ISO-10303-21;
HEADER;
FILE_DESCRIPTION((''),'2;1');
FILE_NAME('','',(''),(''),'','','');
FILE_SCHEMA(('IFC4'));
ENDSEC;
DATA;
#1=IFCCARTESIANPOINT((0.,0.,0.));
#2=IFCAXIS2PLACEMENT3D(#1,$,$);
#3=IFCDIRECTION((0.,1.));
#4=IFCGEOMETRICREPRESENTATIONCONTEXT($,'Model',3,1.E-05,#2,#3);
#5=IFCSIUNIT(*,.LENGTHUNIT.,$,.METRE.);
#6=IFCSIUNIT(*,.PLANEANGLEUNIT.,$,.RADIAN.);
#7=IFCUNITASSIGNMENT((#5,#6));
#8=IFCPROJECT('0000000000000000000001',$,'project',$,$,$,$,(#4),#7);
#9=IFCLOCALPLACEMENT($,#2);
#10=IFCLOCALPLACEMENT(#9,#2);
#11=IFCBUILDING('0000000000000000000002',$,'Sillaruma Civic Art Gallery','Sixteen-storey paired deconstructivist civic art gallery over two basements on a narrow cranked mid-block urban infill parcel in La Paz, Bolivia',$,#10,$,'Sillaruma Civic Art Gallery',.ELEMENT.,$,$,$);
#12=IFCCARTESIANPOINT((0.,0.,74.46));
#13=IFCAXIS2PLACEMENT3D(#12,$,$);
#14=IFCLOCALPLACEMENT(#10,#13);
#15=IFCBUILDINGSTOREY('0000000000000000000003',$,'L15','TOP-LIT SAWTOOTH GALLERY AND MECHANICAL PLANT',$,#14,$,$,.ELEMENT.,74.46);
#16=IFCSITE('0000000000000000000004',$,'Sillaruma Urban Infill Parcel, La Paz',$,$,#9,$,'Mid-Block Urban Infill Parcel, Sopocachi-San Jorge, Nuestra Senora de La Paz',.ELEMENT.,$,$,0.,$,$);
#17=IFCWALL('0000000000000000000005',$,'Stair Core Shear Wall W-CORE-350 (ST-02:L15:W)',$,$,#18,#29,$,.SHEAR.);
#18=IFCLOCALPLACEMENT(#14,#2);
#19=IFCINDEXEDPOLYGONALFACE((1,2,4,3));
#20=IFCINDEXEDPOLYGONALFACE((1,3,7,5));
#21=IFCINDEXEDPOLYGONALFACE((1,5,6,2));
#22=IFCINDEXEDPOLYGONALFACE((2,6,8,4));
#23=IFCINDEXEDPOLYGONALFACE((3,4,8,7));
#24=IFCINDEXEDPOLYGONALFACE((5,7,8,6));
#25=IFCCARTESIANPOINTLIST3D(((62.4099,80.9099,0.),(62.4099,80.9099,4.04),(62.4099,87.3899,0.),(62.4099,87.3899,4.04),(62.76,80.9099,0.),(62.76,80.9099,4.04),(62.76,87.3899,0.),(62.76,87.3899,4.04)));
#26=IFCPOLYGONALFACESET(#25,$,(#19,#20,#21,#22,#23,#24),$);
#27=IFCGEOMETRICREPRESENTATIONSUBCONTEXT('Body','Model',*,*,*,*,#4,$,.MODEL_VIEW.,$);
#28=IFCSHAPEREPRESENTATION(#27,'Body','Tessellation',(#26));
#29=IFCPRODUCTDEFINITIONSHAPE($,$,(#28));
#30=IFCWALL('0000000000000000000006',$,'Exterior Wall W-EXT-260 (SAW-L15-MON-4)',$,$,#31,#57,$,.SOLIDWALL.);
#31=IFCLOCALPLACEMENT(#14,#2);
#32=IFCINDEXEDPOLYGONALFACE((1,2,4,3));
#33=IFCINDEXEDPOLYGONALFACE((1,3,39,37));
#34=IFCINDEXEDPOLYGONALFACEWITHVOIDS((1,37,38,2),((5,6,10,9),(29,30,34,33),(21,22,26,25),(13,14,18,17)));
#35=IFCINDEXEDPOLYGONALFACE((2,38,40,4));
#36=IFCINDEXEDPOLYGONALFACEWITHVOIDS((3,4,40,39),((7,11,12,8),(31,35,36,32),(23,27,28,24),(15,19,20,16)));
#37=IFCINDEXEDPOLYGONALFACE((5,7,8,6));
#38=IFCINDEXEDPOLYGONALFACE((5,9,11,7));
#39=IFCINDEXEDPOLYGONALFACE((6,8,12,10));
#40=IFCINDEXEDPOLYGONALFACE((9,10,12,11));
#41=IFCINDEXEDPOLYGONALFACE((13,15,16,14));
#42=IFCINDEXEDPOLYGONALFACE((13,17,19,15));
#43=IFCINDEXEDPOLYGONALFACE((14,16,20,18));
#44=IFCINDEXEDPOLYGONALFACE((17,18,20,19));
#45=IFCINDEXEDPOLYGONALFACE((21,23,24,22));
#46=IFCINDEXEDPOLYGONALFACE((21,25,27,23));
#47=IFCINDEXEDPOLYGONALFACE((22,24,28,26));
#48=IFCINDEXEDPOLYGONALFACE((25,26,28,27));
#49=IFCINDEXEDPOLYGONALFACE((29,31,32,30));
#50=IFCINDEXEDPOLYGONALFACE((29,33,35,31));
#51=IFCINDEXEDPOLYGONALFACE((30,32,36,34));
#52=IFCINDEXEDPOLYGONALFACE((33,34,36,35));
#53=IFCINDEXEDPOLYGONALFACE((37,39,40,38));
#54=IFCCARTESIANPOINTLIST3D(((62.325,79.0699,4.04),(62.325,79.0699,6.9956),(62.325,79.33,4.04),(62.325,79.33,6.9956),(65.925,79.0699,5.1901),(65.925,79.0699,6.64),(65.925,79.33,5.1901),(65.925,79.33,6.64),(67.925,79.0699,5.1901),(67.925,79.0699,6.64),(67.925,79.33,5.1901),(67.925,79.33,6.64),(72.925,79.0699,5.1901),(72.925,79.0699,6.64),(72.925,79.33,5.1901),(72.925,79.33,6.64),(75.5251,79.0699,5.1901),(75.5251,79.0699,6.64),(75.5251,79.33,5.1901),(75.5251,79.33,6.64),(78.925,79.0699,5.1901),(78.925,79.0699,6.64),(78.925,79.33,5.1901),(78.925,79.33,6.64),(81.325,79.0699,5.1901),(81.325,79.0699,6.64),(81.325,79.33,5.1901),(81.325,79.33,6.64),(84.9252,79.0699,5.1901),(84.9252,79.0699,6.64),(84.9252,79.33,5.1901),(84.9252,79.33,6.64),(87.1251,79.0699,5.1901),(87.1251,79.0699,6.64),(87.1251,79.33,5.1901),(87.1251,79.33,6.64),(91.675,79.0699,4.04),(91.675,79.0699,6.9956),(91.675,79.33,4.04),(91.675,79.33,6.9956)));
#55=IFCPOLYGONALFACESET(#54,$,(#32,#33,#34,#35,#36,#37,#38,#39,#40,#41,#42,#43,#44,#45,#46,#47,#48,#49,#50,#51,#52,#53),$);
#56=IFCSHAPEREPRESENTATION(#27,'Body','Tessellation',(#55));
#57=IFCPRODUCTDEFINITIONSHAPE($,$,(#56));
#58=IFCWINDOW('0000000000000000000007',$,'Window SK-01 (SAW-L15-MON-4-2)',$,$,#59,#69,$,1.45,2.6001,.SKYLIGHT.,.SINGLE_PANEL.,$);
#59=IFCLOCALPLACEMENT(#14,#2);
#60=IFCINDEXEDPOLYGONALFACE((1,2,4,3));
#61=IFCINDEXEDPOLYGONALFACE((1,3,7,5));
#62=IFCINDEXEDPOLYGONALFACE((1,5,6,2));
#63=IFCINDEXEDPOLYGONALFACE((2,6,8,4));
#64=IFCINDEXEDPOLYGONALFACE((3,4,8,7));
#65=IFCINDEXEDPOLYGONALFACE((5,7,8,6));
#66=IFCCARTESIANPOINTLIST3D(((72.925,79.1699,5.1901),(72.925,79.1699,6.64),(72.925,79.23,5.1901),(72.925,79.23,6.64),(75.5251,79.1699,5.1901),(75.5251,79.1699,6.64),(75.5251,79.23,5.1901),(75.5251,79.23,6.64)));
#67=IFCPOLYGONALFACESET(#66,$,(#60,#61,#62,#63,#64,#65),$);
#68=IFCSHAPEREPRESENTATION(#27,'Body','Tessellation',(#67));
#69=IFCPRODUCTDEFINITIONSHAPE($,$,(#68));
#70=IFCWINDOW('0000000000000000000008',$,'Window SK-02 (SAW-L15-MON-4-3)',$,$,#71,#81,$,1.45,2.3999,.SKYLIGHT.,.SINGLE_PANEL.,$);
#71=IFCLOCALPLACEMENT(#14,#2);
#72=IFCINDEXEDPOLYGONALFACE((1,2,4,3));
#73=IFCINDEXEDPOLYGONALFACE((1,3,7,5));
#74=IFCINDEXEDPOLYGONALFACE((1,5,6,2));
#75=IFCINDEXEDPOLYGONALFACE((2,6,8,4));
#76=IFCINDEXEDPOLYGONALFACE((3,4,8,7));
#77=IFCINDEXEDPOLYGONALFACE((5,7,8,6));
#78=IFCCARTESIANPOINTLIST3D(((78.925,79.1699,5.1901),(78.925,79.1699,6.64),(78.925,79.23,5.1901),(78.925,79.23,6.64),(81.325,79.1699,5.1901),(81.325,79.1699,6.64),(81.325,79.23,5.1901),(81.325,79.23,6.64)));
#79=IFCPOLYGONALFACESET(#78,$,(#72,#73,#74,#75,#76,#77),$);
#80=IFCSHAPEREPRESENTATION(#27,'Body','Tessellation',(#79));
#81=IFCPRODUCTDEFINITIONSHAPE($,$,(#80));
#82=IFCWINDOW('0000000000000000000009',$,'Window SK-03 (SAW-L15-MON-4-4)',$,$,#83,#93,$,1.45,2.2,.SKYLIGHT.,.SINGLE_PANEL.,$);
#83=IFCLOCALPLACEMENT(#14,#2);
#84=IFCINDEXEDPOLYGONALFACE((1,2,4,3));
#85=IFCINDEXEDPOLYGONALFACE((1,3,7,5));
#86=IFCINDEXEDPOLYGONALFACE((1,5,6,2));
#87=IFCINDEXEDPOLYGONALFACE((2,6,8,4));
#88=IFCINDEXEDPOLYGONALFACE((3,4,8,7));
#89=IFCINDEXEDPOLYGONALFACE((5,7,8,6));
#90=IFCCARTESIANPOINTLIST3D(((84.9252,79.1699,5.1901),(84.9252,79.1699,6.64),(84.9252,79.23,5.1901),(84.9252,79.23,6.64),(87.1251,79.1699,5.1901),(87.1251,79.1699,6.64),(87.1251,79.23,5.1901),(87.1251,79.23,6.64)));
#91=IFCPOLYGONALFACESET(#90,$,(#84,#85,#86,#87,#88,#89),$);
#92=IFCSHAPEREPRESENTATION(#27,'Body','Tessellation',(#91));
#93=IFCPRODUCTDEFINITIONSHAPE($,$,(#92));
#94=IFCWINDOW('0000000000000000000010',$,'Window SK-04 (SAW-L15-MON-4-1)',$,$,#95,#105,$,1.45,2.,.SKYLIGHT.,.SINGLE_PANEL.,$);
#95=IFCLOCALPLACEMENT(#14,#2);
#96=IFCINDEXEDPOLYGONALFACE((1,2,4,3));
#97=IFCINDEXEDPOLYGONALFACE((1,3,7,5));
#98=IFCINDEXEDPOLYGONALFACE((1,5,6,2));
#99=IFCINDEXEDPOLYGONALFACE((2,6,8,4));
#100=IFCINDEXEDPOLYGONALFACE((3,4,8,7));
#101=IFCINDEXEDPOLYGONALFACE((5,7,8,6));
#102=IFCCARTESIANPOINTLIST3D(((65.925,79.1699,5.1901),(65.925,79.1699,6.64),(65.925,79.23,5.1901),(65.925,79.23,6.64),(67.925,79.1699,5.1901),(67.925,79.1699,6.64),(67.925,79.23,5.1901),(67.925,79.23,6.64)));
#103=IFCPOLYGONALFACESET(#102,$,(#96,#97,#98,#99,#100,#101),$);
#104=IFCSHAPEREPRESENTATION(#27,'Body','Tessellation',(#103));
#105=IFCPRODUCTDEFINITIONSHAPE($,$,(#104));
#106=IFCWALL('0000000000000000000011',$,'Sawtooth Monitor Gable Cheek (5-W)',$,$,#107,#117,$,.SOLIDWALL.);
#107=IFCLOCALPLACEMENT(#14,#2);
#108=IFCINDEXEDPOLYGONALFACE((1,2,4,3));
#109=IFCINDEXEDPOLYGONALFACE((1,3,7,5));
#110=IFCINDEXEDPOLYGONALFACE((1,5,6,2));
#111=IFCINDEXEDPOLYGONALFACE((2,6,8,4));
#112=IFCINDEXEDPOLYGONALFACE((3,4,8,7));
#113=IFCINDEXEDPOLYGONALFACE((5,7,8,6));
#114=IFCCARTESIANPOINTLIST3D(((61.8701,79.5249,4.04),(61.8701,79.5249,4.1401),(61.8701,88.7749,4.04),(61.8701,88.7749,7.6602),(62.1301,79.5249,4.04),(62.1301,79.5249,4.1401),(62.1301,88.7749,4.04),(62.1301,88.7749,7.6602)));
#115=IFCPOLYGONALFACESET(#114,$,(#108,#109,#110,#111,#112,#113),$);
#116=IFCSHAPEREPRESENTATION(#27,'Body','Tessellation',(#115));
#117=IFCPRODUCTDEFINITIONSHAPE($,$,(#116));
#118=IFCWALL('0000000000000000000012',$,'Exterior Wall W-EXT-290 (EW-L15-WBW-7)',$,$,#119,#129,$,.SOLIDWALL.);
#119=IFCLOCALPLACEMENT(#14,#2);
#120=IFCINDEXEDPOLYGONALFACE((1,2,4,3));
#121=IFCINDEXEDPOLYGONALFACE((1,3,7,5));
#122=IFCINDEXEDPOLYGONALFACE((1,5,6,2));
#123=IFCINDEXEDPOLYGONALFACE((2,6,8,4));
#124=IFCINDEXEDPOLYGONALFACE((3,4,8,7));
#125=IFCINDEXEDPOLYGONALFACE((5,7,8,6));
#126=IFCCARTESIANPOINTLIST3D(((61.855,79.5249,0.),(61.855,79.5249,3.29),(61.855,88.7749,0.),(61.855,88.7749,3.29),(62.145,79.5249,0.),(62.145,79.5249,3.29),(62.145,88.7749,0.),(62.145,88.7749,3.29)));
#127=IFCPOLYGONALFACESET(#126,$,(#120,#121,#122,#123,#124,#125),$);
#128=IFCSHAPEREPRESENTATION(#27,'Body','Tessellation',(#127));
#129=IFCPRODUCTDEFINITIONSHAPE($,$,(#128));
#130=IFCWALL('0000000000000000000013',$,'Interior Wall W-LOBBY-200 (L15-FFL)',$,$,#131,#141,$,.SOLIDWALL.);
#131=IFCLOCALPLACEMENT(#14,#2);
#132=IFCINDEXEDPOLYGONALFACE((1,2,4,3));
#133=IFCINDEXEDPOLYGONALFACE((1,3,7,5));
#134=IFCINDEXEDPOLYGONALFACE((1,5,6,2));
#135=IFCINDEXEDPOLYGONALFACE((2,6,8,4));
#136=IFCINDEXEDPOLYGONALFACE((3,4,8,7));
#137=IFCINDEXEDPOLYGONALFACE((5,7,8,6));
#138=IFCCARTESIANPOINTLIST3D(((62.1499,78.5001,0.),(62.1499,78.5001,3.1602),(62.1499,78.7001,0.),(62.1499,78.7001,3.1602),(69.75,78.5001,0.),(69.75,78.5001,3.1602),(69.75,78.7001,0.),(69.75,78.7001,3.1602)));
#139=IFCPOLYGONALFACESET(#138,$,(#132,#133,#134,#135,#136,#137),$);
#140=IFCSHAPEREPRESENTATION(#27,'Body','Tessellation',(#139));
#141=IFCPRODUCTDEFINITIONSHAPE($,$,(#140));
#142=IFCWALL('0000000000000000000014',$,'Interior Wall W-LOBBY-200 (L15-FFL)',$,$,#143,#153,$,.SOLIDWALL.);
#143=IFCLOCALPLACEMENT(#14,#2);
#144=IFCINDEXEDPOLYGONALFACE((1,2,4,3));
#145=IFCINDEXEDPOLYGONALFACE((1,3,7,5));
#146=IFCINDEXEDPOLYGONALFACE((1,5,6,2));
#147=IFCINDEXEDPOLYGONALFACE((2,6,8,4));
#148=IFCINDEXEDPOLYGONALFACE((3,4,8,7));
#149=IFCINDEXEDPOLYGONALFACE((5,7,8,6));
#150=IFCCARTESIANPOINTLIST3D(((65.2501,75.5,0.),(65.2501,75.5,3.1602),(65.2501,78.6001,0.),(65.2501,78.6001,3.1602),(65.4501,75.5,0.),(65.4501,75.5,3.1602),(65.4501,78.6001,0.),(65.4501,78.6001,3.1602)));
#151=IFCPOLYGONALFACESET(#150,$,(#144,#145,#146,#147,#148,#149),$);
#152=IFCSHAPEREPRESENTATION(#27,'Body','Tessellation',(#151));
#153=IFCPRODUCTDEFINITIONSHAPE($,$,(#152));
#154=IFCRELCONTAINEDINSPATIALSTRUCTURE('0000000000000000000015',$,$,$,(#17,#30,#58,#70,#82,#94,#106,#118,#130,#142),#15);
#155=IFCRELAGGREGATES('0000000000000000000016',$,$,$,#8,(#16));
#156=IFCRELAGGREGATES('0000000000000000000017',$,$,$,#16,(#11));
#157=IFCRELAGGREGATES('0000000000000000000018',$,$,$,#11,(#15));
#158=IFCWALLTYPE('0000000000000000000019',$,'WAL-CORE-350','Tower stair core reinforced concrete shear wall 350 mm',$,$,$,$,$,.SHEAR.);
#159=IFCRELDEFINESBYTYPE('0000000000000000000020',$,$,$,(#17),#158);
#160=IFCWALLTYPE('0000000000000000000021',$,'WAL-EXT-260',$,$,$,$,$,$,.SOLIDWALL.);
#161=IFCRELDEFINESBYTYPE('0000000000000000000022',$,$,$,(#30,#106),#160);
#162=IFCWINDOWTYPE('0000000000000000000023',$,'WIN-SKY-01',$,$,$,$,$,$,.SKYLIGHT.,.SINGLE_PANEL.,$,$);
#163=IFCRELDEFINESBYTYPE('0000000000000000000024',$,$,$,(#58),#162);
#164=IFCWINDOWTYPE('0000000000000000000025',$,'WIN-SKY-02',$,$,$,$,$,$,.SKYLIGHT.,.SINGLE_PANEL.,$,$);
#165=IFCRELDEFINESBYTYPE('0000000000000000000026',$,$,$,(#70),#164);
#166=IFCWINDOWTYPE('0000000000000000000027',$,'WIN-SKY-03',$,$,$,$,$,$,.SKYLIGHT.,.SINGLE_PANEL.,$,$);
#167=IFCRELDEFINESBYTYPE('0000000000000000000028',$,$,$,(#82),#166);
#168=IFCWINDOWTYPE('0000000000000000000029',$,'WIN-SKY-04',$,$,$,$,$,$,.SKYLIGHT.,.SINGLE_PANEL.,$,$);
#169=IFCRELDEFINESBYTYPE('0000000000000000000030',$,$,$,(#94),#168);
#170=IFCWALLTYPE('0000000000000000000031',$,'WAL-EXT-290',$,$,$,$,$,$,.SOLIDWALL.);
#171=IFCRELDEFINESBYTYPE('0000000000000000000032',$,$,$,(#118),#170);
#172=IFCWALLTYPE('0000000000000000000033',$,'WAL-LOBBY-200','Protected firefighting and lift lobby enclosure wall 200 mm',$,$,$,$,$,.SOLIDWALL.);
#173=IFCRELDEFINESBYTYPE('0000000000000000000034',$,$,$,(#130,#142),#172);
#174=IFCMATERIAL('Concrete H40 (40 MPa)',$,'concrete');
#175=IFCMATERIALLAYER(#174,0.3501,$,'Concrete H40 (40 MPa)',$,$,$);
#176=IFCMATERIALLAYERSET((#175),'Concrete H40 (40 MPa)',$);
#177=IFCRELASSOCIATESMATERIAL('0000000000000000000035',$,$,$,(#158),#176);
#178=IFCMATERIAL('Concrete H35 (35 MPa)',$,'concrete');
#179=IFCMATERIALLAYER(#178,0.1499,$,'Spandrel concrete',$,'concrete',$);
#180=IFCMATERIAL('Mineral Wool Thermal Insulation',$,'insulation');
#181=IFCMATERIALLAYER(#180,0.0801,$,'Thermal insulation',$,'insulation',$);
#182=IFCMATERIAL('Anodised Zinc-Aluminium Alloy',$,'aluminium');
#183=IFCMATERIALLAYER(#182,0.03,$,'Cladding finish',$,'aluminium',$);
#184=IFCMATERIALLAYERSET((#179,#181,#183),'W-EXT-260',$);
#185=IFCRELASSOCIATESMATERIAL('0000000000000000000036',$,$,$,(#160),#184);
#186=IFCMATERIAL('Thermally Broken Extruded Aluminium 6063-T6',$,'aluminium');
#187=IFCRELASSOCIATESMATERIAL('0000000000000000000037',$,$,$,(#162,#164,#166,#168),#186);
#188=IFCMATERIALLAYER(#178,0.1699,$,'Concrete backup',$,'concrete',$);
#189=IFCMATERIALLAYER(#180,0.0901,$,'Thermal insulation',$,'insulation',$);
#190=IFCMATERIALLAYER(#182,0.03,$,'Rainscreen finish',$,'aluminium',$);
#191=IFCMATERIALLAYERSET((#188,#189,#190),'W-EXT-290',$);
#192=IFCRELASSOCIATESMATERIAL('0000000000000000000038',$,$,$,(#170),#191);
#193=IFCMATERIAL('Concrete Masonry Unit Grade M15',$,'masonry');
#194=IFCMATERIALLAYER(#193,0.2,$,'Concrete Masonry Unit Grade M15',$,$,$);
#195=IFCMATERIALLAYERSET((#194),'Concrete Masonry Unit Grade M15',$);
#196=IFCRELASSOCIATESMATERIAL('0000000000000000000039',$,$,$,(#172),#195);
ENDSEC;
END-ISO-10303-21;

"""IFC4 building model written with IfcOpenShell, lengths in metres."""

from ifc_helpers import new_model, si_unit, direction, frame, frame_2d, origin, place, context, subcontext, project, spatial, polyline, rectangle, outline, extrude, material, layer, layer_set, type_object, element, fill, save


model = new_model("IFC4")

# Units and contexts
model_context = context("Model", 3, precision=1e-05, world=origin(), true_north=direction((0.0, 1.0)))
body_context = subcontext(model_context, "Body", "Model", "MODEL_VIEW")
ifc_project = project(units=[si_unit("LENGTHUNIT", "METRE"), si_unit("PLANEANGLEUNIT", "RADIAN")], contexts=[model_context])

# Site, building, storey
site_placement = place(None, origin())
site = spatial("IfcSite", under=ifc_project, at=site_placement, Name="Sillaruma Urban Infill Parcel, La Paz", LongName="Mid-Block Urban Infill Parcel, Sopocachi-San Jorge, Nuestra Senora de La Paz", CompositionType="ELEMENT", RefElevation=0.0)
building_placement = place(site_placement, origin())
building = spatial("IfcBuilding", under=site, at=building_placement, Name="Sillaruma Civic Art Gallery", Description="Sixteen-storey paired deconstructivist civic art gallery over two basements on a narrow cranked mid-block urban infill parcel in La Paz, Bolivia", LongName="Sillaruma Civic Art Gallery", CompositionType="ELEMENT")
storey_placement = place(building_placement, frame((0.0, 0.0, 74.46)))
storey = spatial("IfcBuildingStorey", under=building, at=storey_placement, Name="L15", Description="TOP-LIT SAWTOOTH GALLERY AND MECHANICAL PLANT", CompositionType="ELEMENT", Elevation=74.46)

# Shared definitions
ifc_material_1 = material(Name="Concrete H40 (40 MPa)", Category="concrete")

# Shared definitions
ifc_material_2 = material(Name="Concrete H35 (35 MPa)", Category="concrete")

# Shared definitions
ifc_layer_1 = layer(ifc_material_1, 0.3501, Name="Concrete H40 (40 MPa)")
ifc_layer_set_1 = layer_set([ifc_layer_1], Name="Concrete H40 (40 MPa)")
wall_type_1 = type_object("IfcWallType", Name="WAL-CORE-350", Description="Tower stair core reinforced concrete shear wall 350 mm", PredefinedType="SHEAR", material=ifc_layer_set_1)

# Wall
wall_1_placement = place(storey_placement, frame((62.585, 80.9099, 0.0), z_axis=(0.0, 0.0, 1.0), x_axis=(0.0, 1.0, 0.0)))
element("IfcWall", 1, at=wall_1_placement, inside=storey, type_object=wall_type_1, Name="Stair Core Shear Wall W-CORE-350 (ST-02:L15:W)", PredefinedType="SHEAR", context=body_context, shape_type="SweptSolid", body=[
    extrude(rectangle(XDim=6.48, YDim=0.3501, at=frame_2d((3.24, 0.0))), origin(), (0.0, 0.0, 1.0), 4.04),
])

# Wall, openings, windows
ifc_layer_2 = layer(ifc_material_2, 0.1499, Name="Spandrel concrete", Category="concrete")
ifc_material_3 = material(Name="Mineral Wool Thermal Insulation", Category="insulation")
ifc_layer_3 = layer(ifc_material_3, 0.0801, Name="Thermal insulation", Category="insulation")
ifc_material_4 = material(Name="Anodised Zinc-Aluminium Alloy", Category="aluminium")
ifc_layer_4 = layer(ifc_material_4, 0.03, Name="Cladding finish", Category="aluminium")
ifc_layer_set_2 = layer_set([ifc_layer_2, ifc_layer_3, ifc_layer_4], Name="W-EXT-260")
wall_type_2 = type_object("IfcWallType", Name="WAL-EXT-260", PredefinedType="SOLIDWALL", material=ifc_layer_set_2)
wall_2_placement = place(storey_placement, frame((62.325, 79.2, 4.04), z_axis=(0.0, 0.0, 1.0), x_axis=(1.0, 0.0, 0.0)))
wall_2 = element("IfcWall", 2, at=wall_2_placement, inside=storey, type_object=wall_type_2, Name="Exterior Wall W-EXT-260 (SAW-L15-MON-4)", PredefinedType="SOLIDWALL", context=body_context, shape_type="SweptSolid", body=[
    extrude(rectangle(XDim=29.3501, YDim=0.26, at=frame_2d((14.675, 0.0))), origin(), (0.0, 0.0, 1.0), 2.9556),
])
opening_1_placement = place(wall_2_placement, frame((3.6001, 0.0, 1.1499)))
opening_1 = element("IfcOpeningElement", 3, at=opening_1_placement, cuts=wall_2, PredefinedType="OPENING", context=body_context, shape_type="SweptSolid", body=[
    extrude(rectangle(XDim=2.0, YDim=1.45, at=frame_2d((1.0, 0.7251))), frame((0.0, 0.1399, 0.0), z_axis=(0.0, -1.0, 0.0), x_axis=(1.0, 0.0, 0.0)), (0.0, 0.0, 1.0), 0.28),
])
opening_2_placement = place(wall_2_placement, frame((10.6001, 0.0, 1.1499)))
opening_2 = element("IfcOpeningElement", 4, at=opening_2_placement, cuts=wall_2, PredefinedType="OPENING", context=body_context, shape_type="SweptSolid", body=[
    extrude(rectangle(XDim=2.6001, YDim=1.45, at=frame_2d((1.3, 0.7251))), frame((0.0, 0.1399, 0.0), z_axis=(0.0, -1.0, 0.0), x_axis=(1.0, 0.0, 0.0)), (0.0, 0.0, 1.0), 0.28),
])
opening_3_placement = place(wall_2_placement, frame((16.6001, 0.0, 1.1499)))
opening_3 = element("IfcOpeningElement", 5, at=opening_3_placement, cuts=wall_2, PredefinedType="OPENING", context=body_context, shape_type="SweptSolid", body=[
    extrude(rectangle(XDim=2.3999, YDim=1.45, at=frame_2d((1.2, 0.7251))), frame((0.0, 0.1399, 0.0), z_axis=(0.0, -1.0, 0.0), x_axis=(1.0, 0.0, 0.0)), (0.0, 0.0, 1.0), 0.28),
])
opening_4_placement = place(wall_2_placement, frame((22.6001, 0.0, 1.1499)))
opening_4 = element("IfcOpeningElement", 6, at=opening_4_placement, cuts=wall_2, PredefinedType="OPENING", context=body_context, shape_type="SweptSolid", body=[
    extrude(rectangle(XDim=2.2, YDim=1.45, at=frame_2d((1.1001, 0.7251))), frame((0.0, 0.1399, 0.0), z_axis=(0.0, -1.0, 0.0), x_axis=(1.0, 0.0, 0.0)), (0.0, 0.0, 1.0), 0.28),
])
ifc_material_5 = material(Name="Thermally Broken Extruded Aluminium 6063-T6", Category="aluminium")
window_type_1 = type_object("IfcWindowType", Name="WIN-SKY-01", PartitioningType="SINGLE_PANEL", PredefinedType="SKYLIGHT", material=ifc_material_5)
window_1_placement = place(opening_2_placement, origin())
window_1 = element("IfcWindow", 7, at=window_1_placement, inside=storey, type_object=window_type_1, Name="Window SK-01 (SAW-L15-MON-4-2)", OverallHeight=1.45, OverallWidth=2.6001, PartitioningType="SINGLE_PANEL", PredefinedType="SKYLIGHT", context=body_context, shape_type="SweptSolid", body=[
    extrude(rectangle(XDim=2.6001, YDim=1.45, at=frame_2d((1.3, 0.7251))), frame((0.0, 0.03, 0.0), z_axis=(0.0, -1.0, 0.0), x_axis=(1.0, 0.0, 0.0)), (0.0, 0.0, 1.0), 0.0601),
])
fill(opening_2, window_1)
window_type_2 = type_object("IfcWindowType", Name="WIN-SKY-02", PartitioningType="SINGLE_PANEL", PredefinedType="SKYLIGHT", material=ifc_material_5)
window_2_placement = place(opening_3_placement, origin())
window_2 = element("IfcWindow", 8, at=window_2_placement, inside=storey, type_object=window_type_2, Name="Window SK-02 (SAW-L15-MON-4-3)", OverallHeight=1.45, OverallWidth=2.3999, PartitioningType="SINGLE_PANEL", PredefinedType="SKYLIGHT", context=body_context, shape_type="SweptSolid", body=[
    extrude(rectangle(XDim=2.3999, YDim=1.45, at=frame_2d((1.2, 0.7251))), frame((0.0, 0.03, 0.0), z_axis=(0.0, -1.0, 0.0), x_axis=(1.0, 0.0, 0.0)), (0.0, 0.0, 1.0), 0.0601),
])
fill(opening_3, window_2)
window_type_3 = type_object("IfcWindowType", Name="WIN-SKY-03", PartitioningType="SINGLE_PANEL", PredefinedType="SKYLIGHT", material=ifc_material_5)
window_3_placement = place(opening_4_placement, origin())
window_3 = element("IfcWindow", 9, at=window_3_placement, inside=storey, type_object=window_type_3, Name="Window SK-03 (SAW-L15-MON-4-4)", OverallHeight=1.45, OverallWidth=2.2, PartitioningType="SINGLE_PANEL", PredefinedType="SKYLIGHT", context=body_context, shape_type="SweptSolid", body=[
    extrude(rectangle(XDim=2.2, YDim=1.45, at=frame_2d((1.1001, 0.7251))), frame((0.0, 0.03, 0.0), z_axis=(0.0, -1.0, 0.0), x_axis=(1.0, 0.0, 0.0)), (0.0, 0.0, 1.0), 0.0601),
])
fill(opening_4, window_3)
window_type_4 = type_object("IfcWindowType", Name="WIN-SKY-04", PartitioningType="SINGLE_PANEL", PredefinedType="SKYLIGHT", material=ifc_material_5)
window_4_placement = place(opening_1_placement, origin())
window_4 = element("IfcWindow", 10, at=window_4_placement, inside=storey, type_object=window_type_4, Name="Window SK-04 (SAW-L15-MON-4-1)", OverallHeight=1.45, OverallWidth=2.0, PartitioningType="SINGLE_PANEL", PredefinedType="SKYLIGHT", context=body_context, shape_type="SweptSolid", body=[
    extrude(rectangle(XDim=2.0, YDim=1.45, at=frame_2d((1.0, 0.7251))), frame((0.0, 0.03, 0.0), z_axis=(0.0, -1.0, 0.0), x_axis=(1.0, 0.0, 0.0)), (0.0, 0.0, 1.0), 0.0601),
])
fill(opening_1, window_4)

# Walls
wall_3_placement = place(storey_placement, frame((62.0, 79.5249, 4.04), z_axis=(0.0, 0.0, 1.0), x_axis=(0.0, 1.0, 0.0)))
element("IfcWall", 11, at=wall_3_placement, inside=storey, type_object=wall_type_2, Name="Sawtooth Monitor Gable Cheek (5-W)", PredefinedType="SOLIDWALL", context=body_context, shape_type="SweptSolid", body=[
    extrude(outline(polyline([(0.0, 0.0), (9.25, 0.0), (9.25, 3.6201), (0.0, 0.1001), (0.0, 0.0)])), frame((0.0, 0.1299, 0.0), z_axis=(0.0, -1.0, 0.0), x_axis=(1.0, 0.0, 0.0)), (0.0, 0.0, 1.0), 0.26),
])
ifc_layer_5 = layer(ifc_material_2, 0.1699, Name="Concrete backup", Category="concrete")
ifc_layer_6 = layer(ifc_material_3, 0.0901, Name="Thermal insulation", Category="insulation")
ifc_layer_7 = layer(ifc_material_4, 0.03, Name="Rainscreen finish", Category="aluminium")
ifc_layer_set_3 = layer_set([ifc_layer_5, ifc_layer_6, ifc_layer_7], Name="W-EXT-290")
wall_type_3 = type_object("IfcWallType", Name="WAL-EXT-290", PredefinedType="SOLIDWALL", material=ifc_layer_set_3)
wall_4_placement = place(storey_placement, frame((62.0, 79.5249, 0.0), z_axis=(0.0, 0.0, 1.0), x_axis=(0.0, 1.0, 0.0)))
element("IfcWall", 12, at=wall_4_placement, inside=storey, type_object=wall_type_3, Name="Exterior Wall W-EXT-290 (EW-L15-WBW-7)", PredefinedType="SOLIDWALL", context=body_context, shape_type="SweptSolid", body=[
    extrude(rectangle(XDim=9.25, YDim=0.29, at=frame_2d((4.625, 0.0))), origin(), (0.0, 0.0, 1.0), 3.29),
])
ifc_material_6 = material(Name="Concrete Masonry Unit Grade M15", Category="masonry")
ifc_layer_8 = layer(ifc_material_6, 0.2, Name="Concrete Masonry Unit Grade M15")
ifc_layer_set_4 = layer_set([ifc_layer_8], Name="Concrete Masonry Unit Grade M15")
wall_type_4 = type_object("IfcWallType", Name="WAL-LOBBY-200", Description="Protected firefighting and lift lobby enclosure wall 200 mm", PredefinedType="SOLIDWALL", material=ifc_layer_set_4)
wall_5_placement = place(storey_placement, frame((62.1499, 78.6001, 0.0), z_axis=(0.0, 0.0, 1.0), x_axis=(1.0, 0.0, 0.0)))
element("IfcWall", 13, at=wall_5_placement, inside=storey, type_object=wall_type_4, Name="Interior Wall W-LOBBY-200 (L15-FFL)", PredefinedType="SOLIDWALL", context=body_context, shape_type="SweptSolid", body=[
    extrude(rectangle(XDim=7.6001, YDim=0.2, at=frame_2d((3.8, 0.0))), origin(), (0.0, 0.0, 1.0), 3.1602),
])
wall_6_placement = place(storey_placement, frame((65.3501, 75.5, 0.0), z_axis=(0.0, 0.0, 1.0), x_axis=(0.0, 1.0, 0.0)))
element("IfcWall", 14, at=wall_6_placement, inside=storey, type_object=wall_type_4, Name="Interior Wall W-LOBBY-200 (L15-FFL)", PredefinedType="SOLIDWALL", context=body_context, shape_type="SweptSolid", body=[
    extrude(rectangle(XDim=3.1001, YDim=0.2, at=frame_2d((1.55, 0.0))), origin(), (0.0, 0.0, 1.0), 3.1602),
])

save(model, "model.ifc")
